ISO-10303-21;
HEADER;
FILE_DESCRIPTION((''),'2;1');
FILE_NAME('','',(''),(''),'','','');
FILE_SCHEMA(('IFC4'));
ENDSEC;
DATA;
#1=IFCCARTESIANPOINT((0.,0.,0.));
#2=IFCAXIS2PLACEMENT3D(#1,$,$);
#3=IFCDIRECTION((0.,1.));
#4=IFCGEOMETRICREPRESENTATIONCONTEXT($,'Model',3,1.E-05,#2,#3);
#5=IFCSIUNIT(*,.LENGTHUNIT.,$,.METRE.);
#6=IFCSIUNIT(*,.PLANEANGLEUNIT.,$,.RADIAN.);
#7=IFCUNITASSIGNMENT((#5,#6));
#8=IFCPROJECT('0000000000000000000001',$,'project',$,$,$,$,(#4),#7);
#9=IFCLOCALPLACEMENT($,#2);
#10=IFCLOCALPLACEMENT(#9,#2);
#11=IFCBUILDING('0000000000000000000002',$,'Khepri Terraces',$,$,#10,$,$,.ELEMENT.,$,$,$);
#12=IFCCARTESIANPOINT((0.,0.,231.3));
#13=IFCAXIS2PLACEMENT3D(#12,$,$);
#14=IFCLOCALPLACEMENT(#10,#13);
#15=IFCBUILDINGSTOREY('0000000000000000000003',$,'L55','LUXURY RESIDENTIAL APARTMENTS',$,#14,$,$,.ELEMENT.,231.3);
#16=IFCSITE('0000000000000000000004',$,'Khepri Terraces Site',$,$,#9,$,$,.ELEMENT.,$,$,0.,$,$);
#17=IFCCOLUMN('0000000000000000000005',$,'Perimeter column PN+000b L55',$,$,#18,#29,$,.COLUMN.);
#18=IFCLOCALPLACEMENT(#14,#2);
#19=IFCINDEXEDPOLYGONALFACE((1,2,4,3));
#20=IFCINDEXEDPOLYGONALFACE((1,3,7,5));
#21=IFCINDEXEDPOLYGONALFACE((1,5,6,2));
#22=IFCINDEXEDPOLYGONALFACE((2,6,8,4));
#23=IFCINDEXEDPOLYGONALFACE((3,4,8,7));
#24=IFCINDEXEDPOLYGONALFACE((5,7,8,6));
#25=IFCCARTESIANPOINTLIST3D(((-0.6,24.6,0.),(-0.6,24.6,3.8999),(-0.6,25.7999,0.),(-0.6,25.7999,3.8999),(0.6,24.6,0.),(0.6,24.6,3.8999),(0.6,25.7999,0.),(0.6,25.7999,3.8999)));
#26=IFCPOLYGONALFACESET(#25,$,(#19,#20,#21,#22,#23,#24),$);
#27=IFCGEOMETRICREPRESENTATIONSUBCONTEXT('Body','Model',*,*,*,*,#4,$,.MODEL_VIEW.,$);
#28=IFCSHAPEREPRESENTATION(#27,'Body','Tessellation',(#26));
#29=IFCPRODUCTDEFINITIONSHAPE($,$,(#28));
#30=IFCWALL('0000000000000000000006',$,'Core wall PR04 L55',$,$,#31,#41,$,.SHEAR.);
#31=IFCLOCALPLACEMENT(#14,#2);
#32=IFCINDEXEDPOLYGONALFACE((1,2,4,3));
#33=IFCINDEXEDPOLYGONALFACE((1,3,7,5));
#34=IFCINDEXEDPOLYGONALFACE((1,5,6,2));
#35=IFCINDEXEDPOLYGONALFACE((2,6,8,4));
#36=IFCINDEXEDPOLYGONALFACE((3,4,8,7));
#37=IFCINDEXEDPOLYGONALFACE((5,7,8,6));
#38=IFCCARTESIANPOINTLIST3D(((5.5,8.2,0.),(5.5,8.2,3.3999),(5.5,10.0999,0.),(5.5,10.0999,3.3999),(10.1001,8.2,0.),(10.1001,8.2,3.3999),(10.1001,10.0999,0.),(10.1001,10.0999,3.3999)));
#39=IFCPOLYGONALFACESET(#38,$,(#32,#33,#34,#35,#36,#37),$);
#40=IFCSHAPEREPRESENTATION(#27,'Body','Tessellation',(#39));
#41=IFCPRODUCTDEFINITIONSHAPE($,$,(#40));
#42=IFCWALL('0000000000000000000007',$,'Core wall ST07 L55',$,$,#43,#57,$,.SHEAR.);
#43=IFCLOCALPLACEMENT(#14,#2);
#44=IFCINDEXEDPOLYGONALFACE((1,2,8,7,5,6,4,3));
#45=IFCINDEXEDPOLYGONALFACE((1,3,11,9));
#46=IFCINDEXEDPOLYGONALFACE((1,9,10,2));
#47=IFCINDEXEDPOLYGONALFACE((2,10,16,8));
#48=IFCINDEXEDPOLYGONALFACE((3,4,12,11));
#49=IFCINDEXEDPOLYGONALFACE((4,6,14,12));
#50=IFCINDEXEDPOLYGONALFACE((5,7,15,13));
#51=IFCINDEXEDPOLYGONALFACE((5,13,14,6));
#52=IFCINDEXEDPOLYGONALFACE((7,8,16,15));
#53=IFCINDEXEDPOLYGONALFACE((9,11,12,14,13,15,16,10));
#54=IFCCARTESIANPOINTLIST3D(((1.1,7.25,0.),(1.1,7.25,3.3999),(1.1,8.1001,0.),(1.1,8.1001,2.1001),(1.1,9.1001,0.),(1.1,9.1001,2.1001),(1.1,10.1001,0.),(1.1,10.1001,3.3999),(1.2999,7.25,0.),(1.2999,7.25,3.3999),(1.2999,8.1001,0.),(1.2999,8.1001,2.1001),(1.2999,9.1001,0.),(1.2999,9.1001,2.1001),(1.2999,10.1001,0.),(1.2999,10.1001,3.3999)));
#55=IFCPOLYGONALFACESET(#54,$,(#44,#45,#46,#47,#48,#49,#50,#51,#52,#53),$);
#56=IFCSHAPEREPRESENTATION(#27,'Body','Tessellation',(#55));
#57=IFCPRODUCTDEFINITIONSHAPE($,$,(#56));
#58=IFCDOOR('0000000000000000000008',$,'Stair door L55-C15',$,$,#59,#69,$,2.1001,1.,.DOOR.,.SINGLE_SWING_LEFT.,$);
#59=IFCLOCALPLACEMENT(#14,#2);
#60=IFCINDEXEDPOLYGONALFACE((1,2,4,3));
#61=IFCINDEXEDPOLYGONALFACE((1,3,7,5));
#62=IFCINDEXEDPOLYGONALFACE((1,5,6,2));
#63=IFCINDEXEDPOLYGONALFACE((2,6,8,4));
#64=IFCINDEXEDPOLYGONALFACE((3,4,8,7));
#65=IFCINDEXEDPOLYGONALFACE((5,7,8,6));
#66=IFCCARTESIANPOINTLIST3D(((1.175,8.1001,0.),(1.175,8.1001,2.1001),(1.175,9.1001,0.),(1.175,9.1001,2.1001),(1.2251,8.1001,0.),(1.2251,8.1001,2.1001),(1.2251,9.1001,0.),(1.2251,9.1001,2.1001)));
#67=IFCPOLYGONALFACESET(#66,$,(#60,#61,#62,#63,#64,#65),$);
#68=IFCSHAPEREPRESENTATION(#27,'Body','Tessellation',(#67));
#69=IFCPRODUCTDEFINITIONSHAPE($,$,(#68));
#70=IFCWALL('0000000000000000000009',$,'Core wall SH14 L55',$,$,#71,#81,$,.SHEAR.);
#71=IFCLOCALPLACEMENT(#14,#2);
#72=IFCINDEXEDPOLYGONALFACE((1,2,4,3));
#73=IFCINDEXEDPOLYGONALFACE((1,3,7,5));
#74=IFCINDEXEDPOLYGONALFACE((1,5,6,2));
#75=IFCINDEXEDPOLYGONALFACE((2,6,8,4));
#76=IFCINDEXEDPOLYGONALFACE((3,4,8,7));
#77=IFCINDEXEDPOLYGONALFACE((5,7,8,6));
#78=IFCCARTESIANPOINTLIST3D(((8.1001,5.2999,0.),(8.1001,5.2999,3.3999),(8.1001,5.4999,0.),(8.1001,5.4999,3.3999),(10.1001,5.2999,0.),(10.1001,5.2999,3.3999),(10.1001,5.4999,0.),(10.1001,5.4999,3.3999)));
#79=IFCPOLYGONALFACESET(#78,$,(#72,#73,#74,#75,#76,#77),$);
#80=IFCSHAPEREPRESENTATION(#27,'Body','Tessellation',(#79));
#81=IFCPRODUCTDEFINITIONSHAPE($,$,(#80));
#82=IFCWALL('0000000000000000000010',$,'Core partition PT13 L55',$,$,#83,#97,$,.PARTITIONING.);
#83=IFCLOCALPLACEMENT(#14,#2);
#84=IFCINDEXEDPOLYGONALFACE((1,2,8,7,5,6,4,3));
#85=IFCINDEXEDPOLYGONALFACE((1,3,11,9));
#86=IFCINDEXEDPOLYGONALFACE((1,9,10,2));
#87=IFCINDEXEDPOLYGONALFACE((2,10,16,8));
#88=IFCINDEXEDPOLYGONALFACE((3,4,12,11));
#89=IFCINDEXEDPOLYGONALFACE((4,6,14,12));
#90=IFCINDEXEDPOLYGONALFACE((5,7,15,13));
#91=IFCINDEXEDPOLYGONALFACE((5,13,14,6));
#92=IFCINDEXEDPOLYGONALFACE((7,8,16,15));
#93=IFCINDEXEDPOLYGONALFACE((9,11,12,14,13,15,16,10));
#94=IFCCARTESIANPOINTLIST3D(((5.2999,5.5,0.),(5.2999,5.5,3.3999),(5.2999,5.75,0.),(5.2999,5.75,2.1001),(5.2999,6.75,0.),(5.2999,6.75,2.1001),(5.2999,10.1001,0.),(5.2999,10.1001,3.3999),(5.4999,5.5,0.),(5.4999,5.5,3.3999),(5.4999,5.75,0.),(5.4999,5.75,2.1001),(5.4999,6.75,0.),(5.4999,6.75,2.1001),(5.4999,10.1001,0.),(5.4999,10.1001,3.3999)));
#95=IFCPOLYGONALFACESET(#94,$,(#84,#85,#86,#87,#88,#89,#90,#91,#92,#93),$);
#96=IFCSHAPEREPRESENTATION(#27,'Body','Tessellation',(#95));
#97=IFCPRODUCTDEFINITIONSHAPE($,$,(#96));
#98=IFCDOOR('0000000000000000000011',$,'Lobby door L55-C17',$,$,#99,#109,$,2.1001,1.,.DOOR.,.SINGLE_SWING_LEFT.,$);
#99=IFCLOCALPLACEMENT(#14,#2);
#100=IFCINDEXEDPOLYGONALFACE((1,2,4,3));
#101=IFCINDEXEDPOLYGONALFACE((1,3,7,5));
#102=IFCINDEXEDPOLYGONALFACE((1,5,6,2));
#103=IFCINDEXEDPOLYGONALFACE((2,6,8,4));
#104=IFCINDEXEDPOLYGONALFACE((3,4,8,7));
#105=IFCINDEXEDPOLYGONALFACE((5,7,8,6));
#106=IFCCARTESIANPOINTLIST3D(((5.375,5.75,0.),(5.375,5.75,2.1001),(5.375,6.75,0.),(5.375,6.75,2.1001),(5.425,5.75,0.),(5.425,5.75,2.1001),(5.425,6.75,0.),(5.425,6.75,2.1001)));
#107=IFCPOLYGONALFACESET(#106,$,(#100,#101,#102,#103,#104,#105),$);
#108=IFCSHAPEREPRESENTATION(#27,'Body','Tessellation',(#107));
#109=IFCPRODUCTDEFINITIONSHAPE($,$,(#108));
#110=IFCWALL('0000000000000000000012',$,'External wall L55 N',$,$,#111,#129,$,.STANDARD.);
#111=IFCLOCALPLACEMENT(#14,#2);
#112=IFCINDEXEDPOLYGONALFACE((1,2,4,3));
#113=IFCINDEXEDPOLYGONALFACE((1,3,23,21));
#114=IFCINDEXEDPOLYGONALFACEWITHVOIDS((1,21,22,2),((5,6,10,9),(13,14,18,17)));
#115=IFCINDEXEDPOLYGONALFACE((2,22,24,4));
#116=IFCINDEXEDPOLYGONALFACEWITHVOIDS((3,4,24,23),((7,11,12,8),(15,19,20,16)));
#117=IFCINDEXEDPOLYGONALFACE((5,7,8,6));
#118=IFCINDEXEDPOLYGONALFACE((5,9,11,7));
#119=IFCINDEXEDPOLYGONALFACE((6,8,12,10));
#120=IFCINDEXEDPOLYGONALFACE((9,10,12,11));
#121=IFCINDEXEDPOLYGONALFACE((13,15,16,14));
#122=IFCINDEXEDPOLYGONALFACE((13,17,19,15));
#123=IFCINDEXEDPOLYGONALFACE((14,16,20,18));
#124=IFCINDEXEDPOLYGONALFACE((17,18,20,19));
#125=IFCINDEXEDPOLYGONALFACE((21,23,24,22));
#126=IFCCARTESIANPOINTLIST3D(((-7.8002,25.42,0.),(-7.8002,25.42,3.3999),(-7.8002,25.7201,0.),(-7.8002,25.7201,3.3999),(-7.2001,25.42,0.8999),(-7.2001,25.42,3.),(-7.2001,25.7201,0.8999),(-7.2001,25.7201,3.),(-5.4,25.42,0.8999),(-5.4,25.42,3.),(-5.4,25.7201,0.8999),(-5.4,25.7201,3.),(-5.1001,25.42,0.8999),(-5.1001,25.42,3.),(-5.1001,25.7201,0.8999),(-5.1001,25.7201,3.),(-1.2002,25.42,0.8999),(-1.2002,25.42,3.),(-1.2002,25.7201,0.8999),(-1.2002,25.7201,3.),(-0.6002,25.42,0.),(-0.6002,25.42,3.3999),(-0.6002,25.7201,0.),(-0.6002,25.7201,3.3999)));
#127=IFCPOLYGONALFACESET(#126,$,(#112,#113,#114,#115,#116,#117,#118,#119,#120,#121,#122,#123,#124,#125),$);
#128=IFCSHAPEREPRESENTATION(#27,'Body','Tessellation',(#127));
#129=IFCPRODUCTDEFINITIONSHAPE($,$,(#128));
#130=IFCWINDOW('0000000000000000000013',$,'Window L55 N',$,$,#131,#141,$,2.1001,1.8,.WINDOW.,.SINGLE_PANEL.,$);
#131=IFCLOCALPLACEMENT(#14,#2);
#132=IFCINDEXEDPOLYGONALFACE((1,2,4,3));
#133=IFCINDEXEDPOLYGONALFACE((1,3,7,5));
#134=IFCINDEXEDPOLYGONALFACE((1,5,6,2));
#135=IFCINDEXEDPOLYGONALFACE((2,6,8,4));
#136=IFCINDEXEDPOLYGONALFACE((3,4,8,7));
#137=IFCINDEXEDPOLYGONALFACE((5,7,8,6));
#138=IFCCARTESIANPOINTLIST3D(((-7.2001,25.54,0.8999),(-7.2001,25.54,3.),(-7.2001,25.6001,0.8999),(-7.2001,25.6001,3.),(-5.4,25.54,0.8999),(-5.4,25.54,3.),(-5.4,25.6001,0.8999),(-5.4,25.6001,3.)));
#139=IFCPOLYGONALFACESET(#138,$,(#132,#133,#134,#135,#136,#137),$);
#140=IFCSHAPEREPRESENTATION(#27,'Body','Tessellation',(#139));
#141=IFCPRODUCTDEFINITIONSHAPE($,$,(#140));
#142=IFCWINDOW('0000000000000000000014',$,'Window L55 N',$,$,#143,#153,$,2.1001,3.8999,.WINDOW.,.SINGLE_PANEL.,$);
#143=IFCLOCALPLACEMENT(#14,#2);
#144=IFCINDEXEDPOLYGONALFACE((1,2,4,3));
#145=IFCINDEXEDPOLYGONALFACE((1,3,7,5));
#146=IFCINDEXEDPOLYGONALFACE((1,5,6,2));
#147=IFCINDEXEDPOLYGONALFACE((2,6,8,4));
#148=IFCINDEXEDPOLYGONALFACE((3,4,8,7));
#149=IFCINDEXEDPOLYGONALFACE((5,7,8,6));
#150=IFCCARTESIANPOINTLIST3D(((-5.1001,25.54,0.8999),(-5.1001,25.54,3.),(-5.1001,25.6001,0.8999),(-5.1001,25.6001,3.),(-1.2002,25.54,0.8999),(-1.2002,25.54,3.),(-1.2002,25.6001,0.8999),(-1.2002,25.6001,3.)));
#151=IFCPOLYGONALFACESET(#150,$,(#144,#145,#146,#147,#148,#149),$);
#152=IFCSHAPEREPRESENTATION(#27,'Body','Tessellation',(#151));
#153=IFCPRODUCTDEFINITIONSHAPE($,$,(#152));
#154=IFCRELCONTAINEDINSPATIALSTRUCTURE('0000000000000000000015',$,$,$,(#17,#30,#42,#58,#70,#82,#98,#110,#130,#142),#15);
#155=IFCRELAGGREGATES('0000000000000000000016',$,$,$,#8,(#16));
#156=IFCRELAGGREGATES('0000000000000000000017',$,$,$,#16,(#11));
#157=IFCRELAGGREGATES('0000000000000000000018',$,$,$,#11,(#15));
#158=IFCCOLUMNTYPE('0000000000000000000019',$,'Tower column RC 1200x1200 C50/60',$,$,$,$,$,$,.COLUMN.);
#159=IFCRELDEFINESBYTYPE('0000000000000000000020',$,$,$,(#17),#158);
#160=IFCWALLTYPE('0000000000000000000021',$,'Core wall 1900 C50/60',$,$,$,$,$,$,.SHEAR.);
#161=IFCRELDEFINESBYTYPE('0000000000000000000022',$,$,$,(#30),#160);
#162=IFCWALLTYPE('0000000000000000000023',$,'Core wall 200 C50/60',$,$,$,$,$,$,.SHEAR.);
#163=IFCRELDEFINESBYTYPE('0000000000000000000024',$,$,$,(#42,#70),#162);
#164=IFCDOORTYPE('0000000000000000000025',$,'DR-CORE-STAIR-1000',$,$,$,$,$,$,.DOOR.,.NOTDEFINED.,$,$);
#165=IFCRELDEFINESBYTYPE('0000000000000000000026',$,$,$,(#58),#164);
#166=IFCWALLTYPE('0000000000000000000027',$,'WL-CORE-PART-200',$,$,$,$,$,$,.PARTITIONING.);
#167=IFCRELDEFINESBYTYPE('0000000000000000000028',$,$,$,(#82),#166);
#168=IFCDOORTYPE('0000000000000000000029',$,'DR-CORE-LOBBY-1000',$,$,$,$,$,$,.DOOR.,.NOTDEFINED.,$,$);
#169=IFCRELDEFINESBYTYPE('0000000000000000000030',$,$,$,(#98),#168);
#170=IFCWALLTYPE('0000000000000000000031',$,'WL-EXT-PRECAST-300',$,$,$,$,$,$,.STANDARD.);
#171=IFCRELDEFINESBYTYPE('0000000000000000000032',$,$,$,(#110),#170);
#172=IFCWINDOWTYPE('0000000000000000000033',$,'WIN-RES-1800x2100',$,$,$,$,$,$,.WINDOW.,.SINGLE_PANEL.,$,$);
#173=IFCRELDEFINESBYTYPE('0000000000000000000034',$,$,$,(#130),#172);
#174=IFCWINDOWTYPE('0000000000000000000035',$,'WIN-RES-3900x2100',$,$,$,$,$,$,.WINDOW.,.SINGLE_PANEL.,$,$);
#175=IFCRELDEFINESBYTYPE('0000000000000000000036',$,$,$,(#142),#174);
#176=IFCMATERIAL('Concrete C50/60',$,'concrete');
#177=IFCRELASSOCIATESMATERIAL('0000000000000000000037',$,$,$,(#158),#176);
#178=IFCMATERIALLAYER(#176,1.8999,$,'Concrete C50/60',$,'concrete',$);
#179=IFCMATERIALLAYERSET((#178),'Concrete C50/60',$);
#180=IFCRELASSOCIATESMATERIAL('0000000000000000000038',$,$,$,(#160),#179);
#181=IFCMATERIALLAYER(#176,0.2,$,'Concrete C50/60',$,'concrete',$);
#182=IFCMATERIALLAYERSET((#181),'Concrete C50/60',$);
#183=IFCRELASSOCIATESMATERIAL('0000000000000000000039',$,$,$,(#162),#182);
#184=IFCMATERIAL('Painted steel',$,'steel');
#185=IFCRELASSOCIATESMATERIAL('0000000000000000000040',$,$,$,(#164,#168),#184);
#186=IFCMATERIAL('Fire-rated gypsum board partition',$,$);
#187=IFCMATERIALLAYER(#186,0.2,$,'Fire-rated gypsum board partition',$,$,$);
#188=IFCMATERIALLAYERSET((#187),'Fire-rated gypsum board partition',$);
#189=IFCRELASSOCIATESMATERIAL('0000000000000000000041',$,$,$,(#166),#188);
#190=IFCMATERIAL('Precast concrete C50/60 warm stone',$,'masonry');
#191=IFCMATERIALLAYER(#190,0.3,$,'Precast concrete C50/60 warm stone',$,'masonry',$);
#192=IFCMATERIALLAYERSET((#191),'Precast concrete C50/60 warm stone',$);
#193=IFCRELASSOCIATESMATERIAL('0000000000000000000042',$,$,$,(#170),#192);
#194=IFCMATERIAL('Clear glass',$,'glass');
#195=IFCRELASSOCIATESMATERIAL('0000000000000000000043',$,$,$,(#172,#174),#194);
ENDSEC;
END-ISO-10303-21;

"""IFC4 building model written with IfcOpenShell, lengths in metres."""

from ifc_helpers import new_model, si_unit, direction, frame, frame_2d, origin, origin_2d, place, context, subcontext, project, spatial, rectangle, extrude, material, layer, layer_set, material_profile, profile_set, type_object, element, fill, save


model = new_model("IFC4")

# Units and contexts
model_context = context("Model", 3, precision=1e-05, world=origin(), true_north=direction((0.0, 1.0)))
body_context = subcontext(model_context, "Body", "Model", "MODEL_VIEW")
ifc_project = project(units=[si_unit("LENGTHUNIT", "METRE"), si_unit("PLANEANGLEUNIT", "RADIAN")], contexts=[model_context])

# Site, building, storey
site_placement = place(None, origin())
site = spatial("IfcSite", under=ifc_project, at=site_placement, Name="Khepri Terraces Site", CompositionType="ELEMENT", RefElevation=0.0)
building_placement = place(site_placement, origin())
building = spatial("IfcBuilding", under=site, at=building_placement, Name="Khepri Terraces", CompositionType="ELEMENT")
storey_placement = place(building_placement, frame((0.0, 0.0, 231.3)))
storey = spatial("IfcBuildingStorey", under=building, at=storey_placement, Name="L55", Description="LUXURY RESIDENTIAL APARTMENTS", CompositionType="ELEMENT", Elevation=231.3)

# Column
ifc_material_1 = material(Name="Concrete C50/60", Category="concrete")
ifc_material_profile = material_profile(ifc_material_1, rectangle(XDim=1.2, YDim=1.2, at=origin_2d()), Name="Concrete C50/60", Category="concrete")
ifc_profile_set = profile_set([ifc_material_profile], Name="Concrete C50/60")
column_type = type_object("IfcColumnType", Name="Tower column RC 1200x1200 C50/60", PredefinedType="COLUMN", material=ifc_profile_set)
column_placement = place(storey_placement, frame((0.0, 25.2, 0.0), z_axis=(0.0, 0.0, 1.0), x_axis=(1.0, 0.0, 0.0)))
element("IfcColumn", 1, at=column_placement, inside=storey, type_object=column_type, Name="Perimeter column PN+000b L55", PredefinedType="COLUMN", context=body_context, shape_type="SweptSolid", body=[
    extrude(rectangle(XDim=1.2, YDim=1.2, at=origin_2d()), origin(), (0.0, 0.0, 1.0), 3.8999),
])

# Wall
ifc_layer_1 = layer(ifc_material_1, 1.8999, Name="Concrete C50/60", Category="concrete")
ifc_layer_set_1 = layer_set([ifc_layer_1], Name="Concrete C50/60")
wall_type_1 = type_object("IfcWallType", Name="Core wall 1900 C50/60", PredefinedType="SHEAR", material=ifc_layer_set_1)
wall_1_placement = place(storey_placement, frame((5.5, 9.1499, 0.0), z_axis=(0.0, 0.0, 1.0), x_axis=(1.0, 0.0, 0.0)))
element("IfcWall", 2, at=wall_1_placement, inside=storey, type_object=wall_type_1, Name="Core wall PR04 L55", PredefinedType="SHEAR", context=body_context, shape_type="SweptSolid", body=[
    extrude(rectangle(XDim=4.6001, YDim=1.8999, at=frame_2d((2.3, 0.0))), origin(), (0.0, 0.0, 1.0), 3.3999),
])

# Wall, opening, door
ifc_layer_2 = layer(ifc_material_1, 0.2, Name="Concrete C50/60", Category="concrete")
ifc_layer_set_2 = layer_set([ifc_layer_2], Name="Concrete C50/60")
wall_type_2 = type_object("IfcWallType", Name="Core wall 200 C50/60", PredefinedType="SHEAR", material=ifc_layer_set_2)
wall_2_placement = place(storey_placement, frame((1.2, 7.25, 0.0), z_axis=(0.0, 0.0, 1.0), x_axis=(0.0, 1.0, 0.0)))
wall_2 = element("IfcWall", 3, at=wall_2_placement, inside=storey, type_object=wall_type_2, Name="Core wall ST07 L55", PredefinedType="SHEAR", context=body_context, shape_type="SweptSolid", body=[
    extrude(rectangle(XDim=2.8501, YDim=0.2, at=frame_2d((1.425, 0.0))), origin(), (0.0, 0.0, 1.0), 3.3999),
])
opening_1_placement = place(wall_2_placement, frame((0.8501, 0.0, 0.0)))
opening_1 = element("IfcOpeningElement", 4, at=opening_1_placement, cuts=wall_2, PredefinedType="OPENING", context=body_context, shape_type="SweptSolid", body=[
    extrude(rectangle(XDim=1.0, YDim=2.1001, at=frame_2d((0.5, 1.05))), frame((0.0, 0.1099, 0.0), z_axis=(0.0, -1.0, 0.0), x_axis=(1.0, 0.0, 0.0)), (0.0, 0.0, 1.0), 0.22),
])
ifc_material_2 = material(Name="Painted steel", Category="steel")
door_type_1 = type_object("IfcDoorType", Name="DR-CORE-STAIR-1000", OperationType="NOTDEFINED", PredefinedType="DOOR", material=ifc_material_2)
door_1_placement = place(opening_1_placement, origin())
door_1 = element("IfcDoor", 5, at=door_1_placement, inside=storey, type_object=door_type_1, Name="Stair door L55-C15", OperationType="SINGLE_SWING_LEFT", OverallHeight=2.1001, OverallWidth=1.0, PredefinedType="DOOR", context=body_context, shape_type="SweptSolid", body=[
    extrude(rectangle(XDim=1.0, YDim=2.1001, at=frame_2d((0.5, 1.05))), frame((0.0, 0.0249, 0.0), z_axis=(0.0, -1.0, 0.0), x_axis=(1.0, 0.0, 0.0)), (0.0, 0.0, 1.0), 0.05),
])
fill(opening_1, door_1)

# Wall
wall_3_placement = place(storey_placement, frame((8.1001, 5.3999, 0.0), z_axis=(0.0, 0.0, 1.0), x_axis=(1.0, 0.0, 0.0)))
element("IfcWall", 6, at=wall_3_placement, inside=storey, type_object=wall_type_2, Name="Core wall SH14 L55", PredefinedType="SHEAR", context=body_context, shape_type="SweptSolid", body=[
    extrude(rectangle(XDim=2.0, YDim=0.2, at=frame_2d((1.0, 0.0))), origin(), (0.0, 0.0, 1.0), 3.3999),
])

# Wall, opening, door
ifc_material_3 = material(Name="Fire-rated gypsum board partition")
ifc_layer_3 = layer(ifc_material_3, 0.2, Name="Fire-rated gypsum board partition")
ifc_layer_set_3 = layer_set([ifc_layer_3], Name="Fire-rated gypsum board partition")
wall_type_3 = type_object("IfcWallType", Name="WL-CORE-PART-200", PredefinedType="PARTITIONING", material=ifc_layer_set_3)
wall_4_placement = place(storey_placement, frame((5.3999, 5.5, 0.0), z_axis=(0.0, 0.0, 1.0), x_axis=(0.0, 1.0, 0.0)))
wall_4 = element("IfcWall", 7, at=wall_4_placement, inside=storey, type_object=wall_type_3, Name="Core partition PT13 L55", PredefinedType="PARTITIONING", context=body_context, shape_type="SweptSolid", body=[
    extrude(rectangle(XDim=4.6001, YDim=0.2, at=frame_2d((2.3, 0.0))), origin(), (0.0, 0.0, 1.0), 3.3999),
])
opening_2_placement = place(wall_4_placement, frame((0.25, 0.0, 0.0)))
opening_2 = element("IfcOpeningElement", 8, at=opening_2_placement, cuts=wall_4, PredefinedType="OPENING", context=body_context, shape_type="SweptSolid", body=[
    extrude(rectangle(XDim=1.0, YDim=2.1001, at=frame_2d((0.5, 1.05))), frame((0.0, 0.1099, 0.0), z_axis=(0.0, -1.0, 0.0), x_axis=(1.0, 0.0, 0.0)), (0.0, 0.0, 1.0), 0.22),
])
door_type_2 = type_object("IfcDoorType", Name="DR-CORE-LOBBY-1000", OperationType="NOTDEFINED", PredefinedType="DOOR", material=ifc_material_2)
door_2_placement = place(opening_2_placement, origin())
door_2 = element("IfcDoor", 9, at=door_2_placement, inside=storey, type_object=door_type_2, Name="Lobby door L55-C17", OperationType="SINGLE_SWING_LEFT", OverallHeight=2.1001, OverallWidth=1.0, PredefinedType="DOOR", context=body_context, shape_type="SweptSolid", body=[
    extrude(rectangle(XDim=1.0, YDim=2.1001, at=frame_2d((0.5, 1.05))), frame((0.0, 0.0249, 0.0), z_axis=(0.0, -1.0, 0.0), x_axis=(1.0, 0.0, 0.0)), (0.0, 0.0, 1.0), 0.05),
])
fill(opening_2, door_2)

# Shared definitions
ifc_material_4 = material(Name="Precast concrete C50/60 warm stone", Category="masonry")
ifc_layer_4 = layer(ifc_material_4, 0.3, Name="Precast concrete C50/60 warm stone", Category="masonry")
ifc_layer_set_4 = layer_set([ifc_layer_4], Name="Precast concrete C50/60 warm stone")
wall_type_4 = type_object("IfcWallType", Name="WL-EXT-PRECAST-300", PredefinedType="STANDARD", material=ifc_layer_set_4)
ifc_material_5 = material(Name="Clear glass", Category="glass")
window_type_1 = type_object("IfcWindowType", Name="WIN-RES-1800x2100", PartitioningType="SINGLE_PANEL", PredefinedType="WINDOW", material=ifc_material_5)

# Wall, openings, windows
wall_5_placement = place(storey_placement, frame((-0.6001, 25.5701, 0.0), z_axis=(0.0, 0.0, 1.0), x_axis=(-1.0, 0.0, 0.0)))
wall_5 = element("IfcWall", 10, at=wall_5_placement, inside=storey, type_object=wall_type_4, Name="External wall L55 N", PredefinedType="STANDARD", context=body_context, shape_type="SweptSolid", body=[
    extrude(rectangle(XDim=7.2, YDim=0.3, at=frame_2d((3.6001, 0.0))), origin(), (0.0, 0.0, 1.0), 3.3999),
])
opening_3_placement = place(wall_5_placement, frame((0.6001, 0.0, 0.8999)))
opening_3 = element("IfcOpeningElement", 11, at=opening_3_placement, cuts=wall_5, PredefinedType="OPENING", context=body_context, shape_type="SweptSolid", body=[
    extrude(rectangle(XDim=3.8999, YDim=2.1001, at=frame_2d((1.95, 1.05))), frame((0.0, 0.1602, 0.0), z_axis=(0.0, -1.0, 0.0), x_axis=(1.0, 0.0, 0.0)), (0.0, 0.0, 1.0), 0.3201),
])
opening_4_placement = place(wall_5_placement, frame((4.8, 0.0, 0.8999)))
opening_4 = element("IfcOpeningElement", 12, at=opening_4_placement, cuts=wall_5, PredefinedType="OPENING", context=body_context, shape_type="SweptSolid", body=[
    extrude(rectangle(XDim=1.8, YDim=2.1001, at=frame_2d((0.8999, 1.05))), frame((0.0, 0.1602, 0.0), z_axis=(0.0, -1.0, 0.0), x_axis=(1.0, 0.0, 0.0)), (0.0, 0.0, 1.0), 0.3201),
])
window_1_placement = place(opening_4_placement, origin())
window_1 = element("IfcWindow", 13, at=window_1_placement, inside=storey, type_object=window_type_1, Name="Window L55 N", OverallHeight=2.1001, OverallWidth=1.8, PartitioningType="SINGLE_PANEL", PredefinedType="WINDOW", context=body_context, shape_type="SweptSolid", body=[
    extrude(rectangle(XDim=1.8, YDim=2.1001, at=frame_2d((0.8999, 1.05))), frame((0.0, 0.03, 0.0), z_axis=(0.0, -1.0, 0.0), x_axis=(1.0, 0.0, 0.0)), (0.0, 0.0, 1.0), 0.0601),
])
fill(opening_4, window_1)
window_type_2 = type_object("IfcWindowType", Name="WIN-RES-3900x2100", PartitioningType="SINGLE_PANEL", PredefinedType="WINDOW", material=ifc_material_5)
window_2_placement = place(opening_3_placement, origin())
window_2 = element("IfcWindow", 14, at=window_2_placement, inside=storey, type_object=window_type_2, Name="Window L55 N", OverallHeight=2.1001, OverallWidth=3.8999, PartitioningType="SINGLE_PANEL", PredefinedType="WINDOW", context=body_context, shape_type="SweptSolid", body=[
    extrude(rectangle(XDim=3.8999, YDim=2.1001, at=frame_2d((1.95, 1.05))), frame((0.0, 0.03, 0.0), z_axis=(0.0, -1.0, 0.0), x_axis=(1.0, 0.0, 0.0)), (0.0, 0.0, 1.0), 0.0601),
])
fill(opening_3, window_2)

save(model, "model.ifc")
